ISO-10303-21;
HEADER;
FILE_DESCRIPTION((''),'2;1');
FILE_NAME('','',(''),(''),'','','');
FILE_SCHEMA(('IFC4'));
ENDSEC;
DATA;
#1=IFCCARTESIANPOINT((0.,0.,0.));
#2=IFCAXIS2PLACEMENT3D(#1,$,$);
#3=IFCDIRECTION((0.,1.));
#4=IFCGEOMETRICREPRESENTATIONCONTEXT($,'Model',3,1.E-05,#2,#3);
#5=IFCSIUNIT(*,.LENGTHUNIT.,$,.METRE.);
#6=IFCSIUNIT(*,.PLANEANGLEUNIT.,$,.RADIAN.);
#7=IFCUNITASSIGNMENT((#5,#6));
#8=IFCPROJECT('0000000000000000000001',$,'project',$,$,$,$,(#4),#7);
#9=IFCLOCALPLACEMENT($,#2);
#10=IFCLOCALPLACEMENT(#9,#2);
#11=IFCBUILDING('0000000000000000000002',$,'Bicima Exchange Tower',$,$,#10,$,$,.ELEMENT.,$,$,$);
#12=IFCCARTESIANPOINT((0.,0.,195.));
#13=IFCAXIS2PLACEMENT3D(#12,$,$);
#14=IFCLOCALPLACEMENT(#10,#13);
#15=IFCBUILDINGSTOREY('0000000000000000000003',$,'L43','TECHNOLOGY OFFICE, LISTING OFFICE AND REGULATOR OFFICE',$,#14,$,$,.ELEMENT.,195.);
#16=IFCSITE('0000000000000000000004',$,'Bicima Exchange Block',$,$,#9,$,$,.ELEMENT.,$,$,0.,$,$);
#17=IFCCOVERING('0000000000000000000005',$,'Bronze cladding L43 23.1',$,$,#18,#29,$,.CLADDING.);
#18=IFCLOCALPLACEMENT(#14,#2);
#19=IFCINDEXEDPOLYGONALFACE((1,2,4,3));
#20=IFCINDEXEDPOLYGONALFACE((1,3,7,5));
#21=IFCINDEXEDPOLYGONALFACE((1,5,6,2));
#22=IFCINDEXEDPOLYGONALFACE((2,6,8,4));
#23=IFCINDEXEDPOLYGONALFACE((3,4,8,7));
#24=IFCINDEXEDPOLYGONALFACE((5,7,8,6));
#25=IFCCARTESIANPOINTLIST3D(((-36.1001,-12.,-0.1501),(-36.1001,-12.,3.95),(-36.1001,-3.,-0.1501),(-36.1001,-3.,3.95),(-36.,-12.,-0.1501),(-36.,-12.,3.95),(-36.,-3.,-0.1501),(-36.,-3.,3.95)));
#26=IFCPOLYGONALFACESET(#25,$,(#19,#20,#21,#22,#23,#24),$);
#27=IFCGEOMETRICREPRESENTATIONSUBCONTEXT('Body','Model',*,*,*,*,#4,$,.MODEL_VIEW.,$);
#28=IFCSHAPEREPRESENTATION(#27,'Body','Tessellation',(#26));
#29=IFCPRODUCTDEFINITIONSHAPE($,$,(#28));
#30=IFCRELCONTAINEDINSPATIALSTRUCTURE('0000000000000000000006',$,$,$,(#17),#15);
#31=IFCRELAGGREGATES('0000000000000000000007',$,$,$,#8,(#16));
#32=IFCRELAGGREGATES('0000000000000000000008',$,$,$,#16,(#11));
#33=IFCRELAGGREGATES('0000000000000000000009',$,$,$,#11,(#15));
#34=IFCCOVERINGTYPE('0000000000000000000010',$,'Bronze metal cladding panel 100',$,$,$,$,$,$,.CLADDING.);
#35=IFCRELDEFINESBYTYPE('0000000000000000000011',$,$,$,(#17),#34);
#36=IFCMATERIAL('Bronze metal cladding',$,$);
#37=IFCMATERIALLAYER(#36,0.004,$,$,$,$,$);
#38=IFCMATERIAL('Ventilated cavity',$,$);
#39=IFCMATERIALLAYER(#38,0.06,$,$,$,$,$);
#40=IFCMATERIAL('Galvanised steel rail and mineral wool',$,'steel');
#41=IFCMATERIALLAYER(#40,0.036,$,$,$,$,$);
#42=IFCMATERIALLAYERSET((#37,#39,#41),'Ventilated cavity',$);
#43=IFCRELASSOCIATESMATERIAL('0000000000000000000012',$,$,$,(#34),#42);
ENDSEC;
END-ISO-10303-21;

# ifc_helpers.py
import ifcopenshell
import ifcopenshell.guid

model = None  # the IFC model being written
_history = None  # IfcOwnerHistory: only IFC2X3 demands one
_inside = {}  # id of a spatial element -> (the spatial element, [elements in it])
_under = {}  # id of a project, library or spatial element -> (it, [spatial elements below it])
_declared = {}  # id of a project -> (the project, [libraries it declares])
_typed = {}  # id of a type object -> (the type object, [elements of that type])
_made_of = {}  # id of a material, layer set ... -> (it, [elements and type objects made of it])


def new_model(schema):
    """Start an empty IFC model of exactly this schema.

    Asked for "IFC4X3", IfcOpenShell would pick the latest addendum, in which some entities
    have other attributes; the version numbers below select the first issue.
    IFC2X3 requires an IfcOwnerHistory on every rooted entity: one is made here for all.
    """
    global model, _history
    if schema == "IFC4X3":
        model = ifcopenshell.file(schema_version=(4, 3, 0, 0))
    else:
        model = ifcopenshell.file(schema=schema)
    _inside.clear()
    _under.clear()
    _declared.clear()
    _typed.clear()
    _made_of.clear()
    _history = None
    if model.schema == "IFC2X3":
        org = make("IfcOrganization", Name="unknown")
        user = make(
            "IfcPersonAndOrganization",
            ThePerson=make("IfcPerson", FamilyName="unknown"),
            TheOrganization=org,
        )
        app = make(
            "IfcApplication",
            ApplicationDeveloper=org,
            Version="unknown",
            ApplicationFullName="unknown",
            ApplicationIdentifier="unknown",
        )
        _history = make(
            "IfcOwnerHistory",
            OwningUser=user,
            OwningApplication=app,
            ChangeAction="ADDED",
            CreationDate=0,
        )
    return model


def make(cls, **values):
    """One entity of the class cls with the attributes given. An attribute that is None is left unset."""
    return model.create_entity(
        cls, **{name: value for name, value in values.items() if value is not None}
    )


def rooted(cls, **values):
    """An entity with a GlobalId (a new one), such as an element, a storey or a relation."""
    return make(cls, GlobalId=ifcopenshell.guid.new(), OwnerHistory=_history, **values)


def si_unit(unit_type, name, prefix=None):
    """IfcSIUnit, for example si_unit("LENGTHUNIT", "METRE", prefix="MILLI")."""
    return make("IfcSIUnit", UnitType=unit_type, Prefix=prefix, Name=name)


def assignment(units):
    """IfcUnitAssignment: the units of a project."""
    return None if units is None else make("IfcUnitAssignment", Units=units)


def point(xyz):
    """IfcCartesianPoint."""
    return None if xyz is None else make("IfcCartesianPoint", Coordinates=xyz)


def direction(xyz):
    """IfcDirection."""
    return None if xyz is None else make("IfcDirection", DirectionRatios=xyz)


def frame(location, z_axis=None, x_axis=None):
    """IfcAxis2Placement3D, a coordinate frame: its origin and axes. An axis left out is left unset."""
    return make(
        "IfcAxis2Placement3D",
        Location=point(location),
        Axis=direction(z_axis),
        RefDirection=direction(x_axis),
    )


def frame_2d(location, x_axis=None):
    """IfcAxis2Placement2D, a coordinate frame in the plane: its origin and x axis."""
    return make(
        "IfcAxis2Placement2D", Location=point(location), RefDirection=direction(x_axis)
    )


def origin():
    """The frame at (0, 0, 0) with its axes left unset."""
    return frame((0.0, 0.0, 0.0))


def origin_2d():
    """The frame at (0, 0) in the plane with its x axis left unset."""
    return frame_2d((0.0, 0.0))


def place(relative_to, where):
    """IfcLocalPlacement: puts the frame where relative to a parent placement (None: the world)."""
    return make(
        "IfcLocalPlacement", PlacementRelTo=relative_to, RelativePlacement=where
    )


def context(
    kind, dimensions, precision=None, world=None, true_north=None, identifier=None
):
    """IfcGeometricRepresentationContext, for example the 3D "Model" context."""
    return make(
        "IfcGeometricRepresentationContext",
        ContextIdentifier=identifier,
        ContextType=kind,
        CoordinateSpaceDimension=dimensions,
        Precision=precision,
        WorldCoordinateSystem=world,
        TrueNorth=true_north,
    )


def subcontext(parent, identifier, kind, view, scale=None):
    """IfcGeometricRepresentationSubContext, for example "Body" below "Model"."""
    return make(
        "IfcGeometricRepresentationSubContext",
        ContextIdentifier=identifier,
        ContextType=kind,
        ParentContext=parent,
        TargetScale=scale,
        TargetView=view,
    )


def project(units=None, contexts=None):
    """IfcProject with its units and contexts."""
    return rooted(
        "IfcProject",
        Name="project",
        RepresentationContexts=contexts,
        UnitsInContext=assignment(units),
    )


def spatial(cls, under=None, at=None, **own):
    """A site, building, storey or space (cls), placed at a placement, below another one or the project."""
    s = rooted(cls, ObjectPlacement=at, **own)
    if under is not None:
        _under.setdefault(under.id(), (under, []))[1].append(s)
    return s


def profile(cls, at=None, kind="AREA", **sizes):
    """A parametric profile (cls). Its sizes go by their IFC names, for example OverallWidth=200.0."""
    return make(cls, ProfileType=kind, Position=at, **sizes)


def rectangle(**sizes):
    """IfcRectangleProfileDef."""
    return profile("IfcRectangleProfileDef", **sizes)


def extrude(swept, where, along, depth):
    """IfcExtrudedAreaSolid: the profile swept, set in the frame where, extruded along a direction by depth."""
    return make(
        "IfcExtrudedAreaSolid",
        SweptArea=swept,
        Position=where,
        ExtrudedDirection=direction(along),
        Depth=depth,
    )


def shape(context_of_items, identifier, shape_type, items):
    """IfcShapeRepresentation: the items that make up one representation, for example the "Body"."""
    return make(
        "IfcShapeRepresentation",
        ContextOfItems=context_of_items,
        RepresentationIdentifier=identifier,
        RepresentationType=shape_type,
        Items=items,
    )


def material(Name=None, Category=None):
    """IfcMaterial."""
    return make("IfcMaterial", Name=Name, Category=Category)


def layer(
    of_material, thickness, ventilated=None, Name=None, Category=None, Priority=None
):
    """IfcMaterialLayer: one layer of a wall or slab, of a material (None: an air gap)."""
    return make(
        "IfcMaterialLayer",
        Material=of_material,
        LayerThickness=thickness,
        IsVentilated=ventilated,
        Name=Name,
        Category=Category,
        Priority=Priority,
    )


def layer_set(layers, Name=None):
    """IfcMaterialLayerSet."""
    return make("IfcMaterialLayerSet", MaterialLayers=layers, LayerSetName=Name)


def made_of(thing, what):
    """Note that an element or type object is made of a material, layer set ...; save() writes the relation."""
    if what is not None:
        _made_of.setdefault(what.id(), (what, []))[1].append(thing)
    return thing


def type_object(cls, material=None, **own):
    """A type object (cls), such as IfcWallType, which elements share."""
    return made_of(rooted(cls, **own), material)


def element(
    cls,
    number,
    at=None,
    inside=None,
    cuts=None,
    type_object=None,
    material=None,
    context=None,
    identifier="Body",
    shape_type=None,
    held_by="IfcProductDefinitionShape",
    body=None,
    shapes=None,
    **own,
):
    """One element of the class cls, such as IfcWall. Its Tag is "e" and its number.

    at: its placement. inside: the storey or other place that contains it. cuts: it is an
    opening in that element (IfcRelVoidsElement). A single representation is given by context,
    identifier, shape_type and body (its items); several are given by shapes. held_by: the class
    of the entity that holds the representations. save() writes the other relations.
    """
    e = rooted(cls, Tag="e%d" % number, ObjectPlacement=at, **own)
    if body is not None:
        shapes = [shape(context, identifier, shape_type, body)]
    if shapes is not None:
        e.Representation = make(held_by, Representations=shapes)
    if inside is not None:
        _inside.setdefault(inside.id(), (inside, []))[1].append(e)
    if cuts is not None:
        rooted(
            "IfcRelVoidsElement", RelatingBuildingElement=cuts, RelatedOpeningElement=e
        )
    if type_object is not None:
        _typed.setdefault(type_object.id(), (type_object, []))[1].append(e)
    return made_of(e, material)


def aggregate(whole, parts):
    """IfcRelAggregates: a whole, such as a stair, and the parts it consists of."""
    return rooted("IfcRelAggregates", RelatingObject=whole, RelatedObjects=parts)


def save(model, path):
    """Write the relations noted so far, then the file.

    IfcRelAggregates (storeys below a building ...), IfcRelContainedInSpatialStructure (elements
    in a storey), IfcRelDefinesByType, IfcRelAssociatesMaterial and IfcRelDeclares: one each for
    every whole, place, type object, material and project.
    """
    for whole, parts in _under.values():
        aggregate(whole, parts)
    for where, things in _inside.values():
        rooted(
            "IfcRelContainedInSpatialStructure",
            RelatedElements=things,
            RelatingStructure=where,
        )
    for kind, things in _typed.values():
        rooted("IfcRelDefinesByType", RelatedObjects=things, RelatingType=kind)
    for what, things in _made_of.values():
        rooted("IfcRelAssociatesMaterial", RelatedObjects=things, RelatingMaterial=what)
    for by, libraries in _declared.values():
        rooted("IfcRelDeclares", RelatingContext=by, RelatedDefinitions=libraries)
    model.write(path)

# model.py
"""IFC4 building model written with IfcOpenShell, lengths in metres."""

from ifc_helpers import new_model, si_unit, direction, frame, origin, origin_2d, place, context, subcontext, project, spatial, rectangle, extrude, material, layer, layer_set, type_object, element, save


model = new_model("IFC4")

# Units and contexts
model_context = context("Model", 3, precision=1e-05, world=origin(), true_north=direction((0.0, 1.0)))
body_context = subcontext(model_context, "Body", "Model", "MODEL_VIEW")
ifc_project = project(units=[si_unit("LENGTHUNIT", "METRE"), si_unit("PLANEANGLEUNIT", "RADIAN")], contexts=[model_context])

# Site, building, storey
site_placement = place(None, origin())
site = spatial("IfcSite", under=ifc_project, at=site_placement, Name="Bicima Exchange Block", CompositionType="ELEMENT", RefElevation=0.0)
building_placement = place(site_placement, origin())
building = spatial("IfcBuilding", under=site, at=building_placement, Name="Bicima Exchange Tower", CompositionType="ELEMENT")
storey_placement = place(building_placement, frame((0.0, 0.0, 195.0)))
storey = spatial("IfcBuildingStorey", under=building, at=storey_placement, Name="L43", Description="TECHNOLOGY OFFICE, LISTING OFFICE AND REGULATOR OFFICE", CompositionType="ELEMENT", Elevation=195.0)

# Covering
ifc_material_1 = material(Name="Bronze metal cladding")
ifc_layer_1 = layer(ifc_material_1, 0.004)
ifc_material_2 = material(Name="Ventilated cavity")
ifc_layer_2 = layer(ifc_material_2, 0.06)
ifc_material_3 = material(Name="Galvanised steel rail and mineral wool", Category="steel")
ifc_layer_3 = layer(ifc_material_3, 0.036)
ifc_layer_set_1 = layer_set([ifc_layer_1, ifc_layer_2, ifc_layer_3], Name="Ventilated cavity")
covering_type = type_object("IfcCoveringType", Name="Bronze metal cladding panel 100", PredefinedType="CLADDING", material=ifc_layer_set_1)
covering_1_placement = place(storey_placement, frame((-36.05, -7.5, -0.1501), z_axis=(0.0, 0.0, 1.0), x_axis=(0.0, -1.0, 0.0)))
element("IfcCovering", 1, at=covering_1_placement, inside=storey, type_object=covering_type, Name="Bronze cladding L43 23.1", PredefinedType="CLADDING", context=body_context, shape_type="SweptSolid", body=[
    extrude(rectangle(XDim=9.0, YDim=0.1001, at=origin_2d()), origin(), (0.0, 0.0, 1.0), 4.1001),
])

save(model, "model.ifc")
